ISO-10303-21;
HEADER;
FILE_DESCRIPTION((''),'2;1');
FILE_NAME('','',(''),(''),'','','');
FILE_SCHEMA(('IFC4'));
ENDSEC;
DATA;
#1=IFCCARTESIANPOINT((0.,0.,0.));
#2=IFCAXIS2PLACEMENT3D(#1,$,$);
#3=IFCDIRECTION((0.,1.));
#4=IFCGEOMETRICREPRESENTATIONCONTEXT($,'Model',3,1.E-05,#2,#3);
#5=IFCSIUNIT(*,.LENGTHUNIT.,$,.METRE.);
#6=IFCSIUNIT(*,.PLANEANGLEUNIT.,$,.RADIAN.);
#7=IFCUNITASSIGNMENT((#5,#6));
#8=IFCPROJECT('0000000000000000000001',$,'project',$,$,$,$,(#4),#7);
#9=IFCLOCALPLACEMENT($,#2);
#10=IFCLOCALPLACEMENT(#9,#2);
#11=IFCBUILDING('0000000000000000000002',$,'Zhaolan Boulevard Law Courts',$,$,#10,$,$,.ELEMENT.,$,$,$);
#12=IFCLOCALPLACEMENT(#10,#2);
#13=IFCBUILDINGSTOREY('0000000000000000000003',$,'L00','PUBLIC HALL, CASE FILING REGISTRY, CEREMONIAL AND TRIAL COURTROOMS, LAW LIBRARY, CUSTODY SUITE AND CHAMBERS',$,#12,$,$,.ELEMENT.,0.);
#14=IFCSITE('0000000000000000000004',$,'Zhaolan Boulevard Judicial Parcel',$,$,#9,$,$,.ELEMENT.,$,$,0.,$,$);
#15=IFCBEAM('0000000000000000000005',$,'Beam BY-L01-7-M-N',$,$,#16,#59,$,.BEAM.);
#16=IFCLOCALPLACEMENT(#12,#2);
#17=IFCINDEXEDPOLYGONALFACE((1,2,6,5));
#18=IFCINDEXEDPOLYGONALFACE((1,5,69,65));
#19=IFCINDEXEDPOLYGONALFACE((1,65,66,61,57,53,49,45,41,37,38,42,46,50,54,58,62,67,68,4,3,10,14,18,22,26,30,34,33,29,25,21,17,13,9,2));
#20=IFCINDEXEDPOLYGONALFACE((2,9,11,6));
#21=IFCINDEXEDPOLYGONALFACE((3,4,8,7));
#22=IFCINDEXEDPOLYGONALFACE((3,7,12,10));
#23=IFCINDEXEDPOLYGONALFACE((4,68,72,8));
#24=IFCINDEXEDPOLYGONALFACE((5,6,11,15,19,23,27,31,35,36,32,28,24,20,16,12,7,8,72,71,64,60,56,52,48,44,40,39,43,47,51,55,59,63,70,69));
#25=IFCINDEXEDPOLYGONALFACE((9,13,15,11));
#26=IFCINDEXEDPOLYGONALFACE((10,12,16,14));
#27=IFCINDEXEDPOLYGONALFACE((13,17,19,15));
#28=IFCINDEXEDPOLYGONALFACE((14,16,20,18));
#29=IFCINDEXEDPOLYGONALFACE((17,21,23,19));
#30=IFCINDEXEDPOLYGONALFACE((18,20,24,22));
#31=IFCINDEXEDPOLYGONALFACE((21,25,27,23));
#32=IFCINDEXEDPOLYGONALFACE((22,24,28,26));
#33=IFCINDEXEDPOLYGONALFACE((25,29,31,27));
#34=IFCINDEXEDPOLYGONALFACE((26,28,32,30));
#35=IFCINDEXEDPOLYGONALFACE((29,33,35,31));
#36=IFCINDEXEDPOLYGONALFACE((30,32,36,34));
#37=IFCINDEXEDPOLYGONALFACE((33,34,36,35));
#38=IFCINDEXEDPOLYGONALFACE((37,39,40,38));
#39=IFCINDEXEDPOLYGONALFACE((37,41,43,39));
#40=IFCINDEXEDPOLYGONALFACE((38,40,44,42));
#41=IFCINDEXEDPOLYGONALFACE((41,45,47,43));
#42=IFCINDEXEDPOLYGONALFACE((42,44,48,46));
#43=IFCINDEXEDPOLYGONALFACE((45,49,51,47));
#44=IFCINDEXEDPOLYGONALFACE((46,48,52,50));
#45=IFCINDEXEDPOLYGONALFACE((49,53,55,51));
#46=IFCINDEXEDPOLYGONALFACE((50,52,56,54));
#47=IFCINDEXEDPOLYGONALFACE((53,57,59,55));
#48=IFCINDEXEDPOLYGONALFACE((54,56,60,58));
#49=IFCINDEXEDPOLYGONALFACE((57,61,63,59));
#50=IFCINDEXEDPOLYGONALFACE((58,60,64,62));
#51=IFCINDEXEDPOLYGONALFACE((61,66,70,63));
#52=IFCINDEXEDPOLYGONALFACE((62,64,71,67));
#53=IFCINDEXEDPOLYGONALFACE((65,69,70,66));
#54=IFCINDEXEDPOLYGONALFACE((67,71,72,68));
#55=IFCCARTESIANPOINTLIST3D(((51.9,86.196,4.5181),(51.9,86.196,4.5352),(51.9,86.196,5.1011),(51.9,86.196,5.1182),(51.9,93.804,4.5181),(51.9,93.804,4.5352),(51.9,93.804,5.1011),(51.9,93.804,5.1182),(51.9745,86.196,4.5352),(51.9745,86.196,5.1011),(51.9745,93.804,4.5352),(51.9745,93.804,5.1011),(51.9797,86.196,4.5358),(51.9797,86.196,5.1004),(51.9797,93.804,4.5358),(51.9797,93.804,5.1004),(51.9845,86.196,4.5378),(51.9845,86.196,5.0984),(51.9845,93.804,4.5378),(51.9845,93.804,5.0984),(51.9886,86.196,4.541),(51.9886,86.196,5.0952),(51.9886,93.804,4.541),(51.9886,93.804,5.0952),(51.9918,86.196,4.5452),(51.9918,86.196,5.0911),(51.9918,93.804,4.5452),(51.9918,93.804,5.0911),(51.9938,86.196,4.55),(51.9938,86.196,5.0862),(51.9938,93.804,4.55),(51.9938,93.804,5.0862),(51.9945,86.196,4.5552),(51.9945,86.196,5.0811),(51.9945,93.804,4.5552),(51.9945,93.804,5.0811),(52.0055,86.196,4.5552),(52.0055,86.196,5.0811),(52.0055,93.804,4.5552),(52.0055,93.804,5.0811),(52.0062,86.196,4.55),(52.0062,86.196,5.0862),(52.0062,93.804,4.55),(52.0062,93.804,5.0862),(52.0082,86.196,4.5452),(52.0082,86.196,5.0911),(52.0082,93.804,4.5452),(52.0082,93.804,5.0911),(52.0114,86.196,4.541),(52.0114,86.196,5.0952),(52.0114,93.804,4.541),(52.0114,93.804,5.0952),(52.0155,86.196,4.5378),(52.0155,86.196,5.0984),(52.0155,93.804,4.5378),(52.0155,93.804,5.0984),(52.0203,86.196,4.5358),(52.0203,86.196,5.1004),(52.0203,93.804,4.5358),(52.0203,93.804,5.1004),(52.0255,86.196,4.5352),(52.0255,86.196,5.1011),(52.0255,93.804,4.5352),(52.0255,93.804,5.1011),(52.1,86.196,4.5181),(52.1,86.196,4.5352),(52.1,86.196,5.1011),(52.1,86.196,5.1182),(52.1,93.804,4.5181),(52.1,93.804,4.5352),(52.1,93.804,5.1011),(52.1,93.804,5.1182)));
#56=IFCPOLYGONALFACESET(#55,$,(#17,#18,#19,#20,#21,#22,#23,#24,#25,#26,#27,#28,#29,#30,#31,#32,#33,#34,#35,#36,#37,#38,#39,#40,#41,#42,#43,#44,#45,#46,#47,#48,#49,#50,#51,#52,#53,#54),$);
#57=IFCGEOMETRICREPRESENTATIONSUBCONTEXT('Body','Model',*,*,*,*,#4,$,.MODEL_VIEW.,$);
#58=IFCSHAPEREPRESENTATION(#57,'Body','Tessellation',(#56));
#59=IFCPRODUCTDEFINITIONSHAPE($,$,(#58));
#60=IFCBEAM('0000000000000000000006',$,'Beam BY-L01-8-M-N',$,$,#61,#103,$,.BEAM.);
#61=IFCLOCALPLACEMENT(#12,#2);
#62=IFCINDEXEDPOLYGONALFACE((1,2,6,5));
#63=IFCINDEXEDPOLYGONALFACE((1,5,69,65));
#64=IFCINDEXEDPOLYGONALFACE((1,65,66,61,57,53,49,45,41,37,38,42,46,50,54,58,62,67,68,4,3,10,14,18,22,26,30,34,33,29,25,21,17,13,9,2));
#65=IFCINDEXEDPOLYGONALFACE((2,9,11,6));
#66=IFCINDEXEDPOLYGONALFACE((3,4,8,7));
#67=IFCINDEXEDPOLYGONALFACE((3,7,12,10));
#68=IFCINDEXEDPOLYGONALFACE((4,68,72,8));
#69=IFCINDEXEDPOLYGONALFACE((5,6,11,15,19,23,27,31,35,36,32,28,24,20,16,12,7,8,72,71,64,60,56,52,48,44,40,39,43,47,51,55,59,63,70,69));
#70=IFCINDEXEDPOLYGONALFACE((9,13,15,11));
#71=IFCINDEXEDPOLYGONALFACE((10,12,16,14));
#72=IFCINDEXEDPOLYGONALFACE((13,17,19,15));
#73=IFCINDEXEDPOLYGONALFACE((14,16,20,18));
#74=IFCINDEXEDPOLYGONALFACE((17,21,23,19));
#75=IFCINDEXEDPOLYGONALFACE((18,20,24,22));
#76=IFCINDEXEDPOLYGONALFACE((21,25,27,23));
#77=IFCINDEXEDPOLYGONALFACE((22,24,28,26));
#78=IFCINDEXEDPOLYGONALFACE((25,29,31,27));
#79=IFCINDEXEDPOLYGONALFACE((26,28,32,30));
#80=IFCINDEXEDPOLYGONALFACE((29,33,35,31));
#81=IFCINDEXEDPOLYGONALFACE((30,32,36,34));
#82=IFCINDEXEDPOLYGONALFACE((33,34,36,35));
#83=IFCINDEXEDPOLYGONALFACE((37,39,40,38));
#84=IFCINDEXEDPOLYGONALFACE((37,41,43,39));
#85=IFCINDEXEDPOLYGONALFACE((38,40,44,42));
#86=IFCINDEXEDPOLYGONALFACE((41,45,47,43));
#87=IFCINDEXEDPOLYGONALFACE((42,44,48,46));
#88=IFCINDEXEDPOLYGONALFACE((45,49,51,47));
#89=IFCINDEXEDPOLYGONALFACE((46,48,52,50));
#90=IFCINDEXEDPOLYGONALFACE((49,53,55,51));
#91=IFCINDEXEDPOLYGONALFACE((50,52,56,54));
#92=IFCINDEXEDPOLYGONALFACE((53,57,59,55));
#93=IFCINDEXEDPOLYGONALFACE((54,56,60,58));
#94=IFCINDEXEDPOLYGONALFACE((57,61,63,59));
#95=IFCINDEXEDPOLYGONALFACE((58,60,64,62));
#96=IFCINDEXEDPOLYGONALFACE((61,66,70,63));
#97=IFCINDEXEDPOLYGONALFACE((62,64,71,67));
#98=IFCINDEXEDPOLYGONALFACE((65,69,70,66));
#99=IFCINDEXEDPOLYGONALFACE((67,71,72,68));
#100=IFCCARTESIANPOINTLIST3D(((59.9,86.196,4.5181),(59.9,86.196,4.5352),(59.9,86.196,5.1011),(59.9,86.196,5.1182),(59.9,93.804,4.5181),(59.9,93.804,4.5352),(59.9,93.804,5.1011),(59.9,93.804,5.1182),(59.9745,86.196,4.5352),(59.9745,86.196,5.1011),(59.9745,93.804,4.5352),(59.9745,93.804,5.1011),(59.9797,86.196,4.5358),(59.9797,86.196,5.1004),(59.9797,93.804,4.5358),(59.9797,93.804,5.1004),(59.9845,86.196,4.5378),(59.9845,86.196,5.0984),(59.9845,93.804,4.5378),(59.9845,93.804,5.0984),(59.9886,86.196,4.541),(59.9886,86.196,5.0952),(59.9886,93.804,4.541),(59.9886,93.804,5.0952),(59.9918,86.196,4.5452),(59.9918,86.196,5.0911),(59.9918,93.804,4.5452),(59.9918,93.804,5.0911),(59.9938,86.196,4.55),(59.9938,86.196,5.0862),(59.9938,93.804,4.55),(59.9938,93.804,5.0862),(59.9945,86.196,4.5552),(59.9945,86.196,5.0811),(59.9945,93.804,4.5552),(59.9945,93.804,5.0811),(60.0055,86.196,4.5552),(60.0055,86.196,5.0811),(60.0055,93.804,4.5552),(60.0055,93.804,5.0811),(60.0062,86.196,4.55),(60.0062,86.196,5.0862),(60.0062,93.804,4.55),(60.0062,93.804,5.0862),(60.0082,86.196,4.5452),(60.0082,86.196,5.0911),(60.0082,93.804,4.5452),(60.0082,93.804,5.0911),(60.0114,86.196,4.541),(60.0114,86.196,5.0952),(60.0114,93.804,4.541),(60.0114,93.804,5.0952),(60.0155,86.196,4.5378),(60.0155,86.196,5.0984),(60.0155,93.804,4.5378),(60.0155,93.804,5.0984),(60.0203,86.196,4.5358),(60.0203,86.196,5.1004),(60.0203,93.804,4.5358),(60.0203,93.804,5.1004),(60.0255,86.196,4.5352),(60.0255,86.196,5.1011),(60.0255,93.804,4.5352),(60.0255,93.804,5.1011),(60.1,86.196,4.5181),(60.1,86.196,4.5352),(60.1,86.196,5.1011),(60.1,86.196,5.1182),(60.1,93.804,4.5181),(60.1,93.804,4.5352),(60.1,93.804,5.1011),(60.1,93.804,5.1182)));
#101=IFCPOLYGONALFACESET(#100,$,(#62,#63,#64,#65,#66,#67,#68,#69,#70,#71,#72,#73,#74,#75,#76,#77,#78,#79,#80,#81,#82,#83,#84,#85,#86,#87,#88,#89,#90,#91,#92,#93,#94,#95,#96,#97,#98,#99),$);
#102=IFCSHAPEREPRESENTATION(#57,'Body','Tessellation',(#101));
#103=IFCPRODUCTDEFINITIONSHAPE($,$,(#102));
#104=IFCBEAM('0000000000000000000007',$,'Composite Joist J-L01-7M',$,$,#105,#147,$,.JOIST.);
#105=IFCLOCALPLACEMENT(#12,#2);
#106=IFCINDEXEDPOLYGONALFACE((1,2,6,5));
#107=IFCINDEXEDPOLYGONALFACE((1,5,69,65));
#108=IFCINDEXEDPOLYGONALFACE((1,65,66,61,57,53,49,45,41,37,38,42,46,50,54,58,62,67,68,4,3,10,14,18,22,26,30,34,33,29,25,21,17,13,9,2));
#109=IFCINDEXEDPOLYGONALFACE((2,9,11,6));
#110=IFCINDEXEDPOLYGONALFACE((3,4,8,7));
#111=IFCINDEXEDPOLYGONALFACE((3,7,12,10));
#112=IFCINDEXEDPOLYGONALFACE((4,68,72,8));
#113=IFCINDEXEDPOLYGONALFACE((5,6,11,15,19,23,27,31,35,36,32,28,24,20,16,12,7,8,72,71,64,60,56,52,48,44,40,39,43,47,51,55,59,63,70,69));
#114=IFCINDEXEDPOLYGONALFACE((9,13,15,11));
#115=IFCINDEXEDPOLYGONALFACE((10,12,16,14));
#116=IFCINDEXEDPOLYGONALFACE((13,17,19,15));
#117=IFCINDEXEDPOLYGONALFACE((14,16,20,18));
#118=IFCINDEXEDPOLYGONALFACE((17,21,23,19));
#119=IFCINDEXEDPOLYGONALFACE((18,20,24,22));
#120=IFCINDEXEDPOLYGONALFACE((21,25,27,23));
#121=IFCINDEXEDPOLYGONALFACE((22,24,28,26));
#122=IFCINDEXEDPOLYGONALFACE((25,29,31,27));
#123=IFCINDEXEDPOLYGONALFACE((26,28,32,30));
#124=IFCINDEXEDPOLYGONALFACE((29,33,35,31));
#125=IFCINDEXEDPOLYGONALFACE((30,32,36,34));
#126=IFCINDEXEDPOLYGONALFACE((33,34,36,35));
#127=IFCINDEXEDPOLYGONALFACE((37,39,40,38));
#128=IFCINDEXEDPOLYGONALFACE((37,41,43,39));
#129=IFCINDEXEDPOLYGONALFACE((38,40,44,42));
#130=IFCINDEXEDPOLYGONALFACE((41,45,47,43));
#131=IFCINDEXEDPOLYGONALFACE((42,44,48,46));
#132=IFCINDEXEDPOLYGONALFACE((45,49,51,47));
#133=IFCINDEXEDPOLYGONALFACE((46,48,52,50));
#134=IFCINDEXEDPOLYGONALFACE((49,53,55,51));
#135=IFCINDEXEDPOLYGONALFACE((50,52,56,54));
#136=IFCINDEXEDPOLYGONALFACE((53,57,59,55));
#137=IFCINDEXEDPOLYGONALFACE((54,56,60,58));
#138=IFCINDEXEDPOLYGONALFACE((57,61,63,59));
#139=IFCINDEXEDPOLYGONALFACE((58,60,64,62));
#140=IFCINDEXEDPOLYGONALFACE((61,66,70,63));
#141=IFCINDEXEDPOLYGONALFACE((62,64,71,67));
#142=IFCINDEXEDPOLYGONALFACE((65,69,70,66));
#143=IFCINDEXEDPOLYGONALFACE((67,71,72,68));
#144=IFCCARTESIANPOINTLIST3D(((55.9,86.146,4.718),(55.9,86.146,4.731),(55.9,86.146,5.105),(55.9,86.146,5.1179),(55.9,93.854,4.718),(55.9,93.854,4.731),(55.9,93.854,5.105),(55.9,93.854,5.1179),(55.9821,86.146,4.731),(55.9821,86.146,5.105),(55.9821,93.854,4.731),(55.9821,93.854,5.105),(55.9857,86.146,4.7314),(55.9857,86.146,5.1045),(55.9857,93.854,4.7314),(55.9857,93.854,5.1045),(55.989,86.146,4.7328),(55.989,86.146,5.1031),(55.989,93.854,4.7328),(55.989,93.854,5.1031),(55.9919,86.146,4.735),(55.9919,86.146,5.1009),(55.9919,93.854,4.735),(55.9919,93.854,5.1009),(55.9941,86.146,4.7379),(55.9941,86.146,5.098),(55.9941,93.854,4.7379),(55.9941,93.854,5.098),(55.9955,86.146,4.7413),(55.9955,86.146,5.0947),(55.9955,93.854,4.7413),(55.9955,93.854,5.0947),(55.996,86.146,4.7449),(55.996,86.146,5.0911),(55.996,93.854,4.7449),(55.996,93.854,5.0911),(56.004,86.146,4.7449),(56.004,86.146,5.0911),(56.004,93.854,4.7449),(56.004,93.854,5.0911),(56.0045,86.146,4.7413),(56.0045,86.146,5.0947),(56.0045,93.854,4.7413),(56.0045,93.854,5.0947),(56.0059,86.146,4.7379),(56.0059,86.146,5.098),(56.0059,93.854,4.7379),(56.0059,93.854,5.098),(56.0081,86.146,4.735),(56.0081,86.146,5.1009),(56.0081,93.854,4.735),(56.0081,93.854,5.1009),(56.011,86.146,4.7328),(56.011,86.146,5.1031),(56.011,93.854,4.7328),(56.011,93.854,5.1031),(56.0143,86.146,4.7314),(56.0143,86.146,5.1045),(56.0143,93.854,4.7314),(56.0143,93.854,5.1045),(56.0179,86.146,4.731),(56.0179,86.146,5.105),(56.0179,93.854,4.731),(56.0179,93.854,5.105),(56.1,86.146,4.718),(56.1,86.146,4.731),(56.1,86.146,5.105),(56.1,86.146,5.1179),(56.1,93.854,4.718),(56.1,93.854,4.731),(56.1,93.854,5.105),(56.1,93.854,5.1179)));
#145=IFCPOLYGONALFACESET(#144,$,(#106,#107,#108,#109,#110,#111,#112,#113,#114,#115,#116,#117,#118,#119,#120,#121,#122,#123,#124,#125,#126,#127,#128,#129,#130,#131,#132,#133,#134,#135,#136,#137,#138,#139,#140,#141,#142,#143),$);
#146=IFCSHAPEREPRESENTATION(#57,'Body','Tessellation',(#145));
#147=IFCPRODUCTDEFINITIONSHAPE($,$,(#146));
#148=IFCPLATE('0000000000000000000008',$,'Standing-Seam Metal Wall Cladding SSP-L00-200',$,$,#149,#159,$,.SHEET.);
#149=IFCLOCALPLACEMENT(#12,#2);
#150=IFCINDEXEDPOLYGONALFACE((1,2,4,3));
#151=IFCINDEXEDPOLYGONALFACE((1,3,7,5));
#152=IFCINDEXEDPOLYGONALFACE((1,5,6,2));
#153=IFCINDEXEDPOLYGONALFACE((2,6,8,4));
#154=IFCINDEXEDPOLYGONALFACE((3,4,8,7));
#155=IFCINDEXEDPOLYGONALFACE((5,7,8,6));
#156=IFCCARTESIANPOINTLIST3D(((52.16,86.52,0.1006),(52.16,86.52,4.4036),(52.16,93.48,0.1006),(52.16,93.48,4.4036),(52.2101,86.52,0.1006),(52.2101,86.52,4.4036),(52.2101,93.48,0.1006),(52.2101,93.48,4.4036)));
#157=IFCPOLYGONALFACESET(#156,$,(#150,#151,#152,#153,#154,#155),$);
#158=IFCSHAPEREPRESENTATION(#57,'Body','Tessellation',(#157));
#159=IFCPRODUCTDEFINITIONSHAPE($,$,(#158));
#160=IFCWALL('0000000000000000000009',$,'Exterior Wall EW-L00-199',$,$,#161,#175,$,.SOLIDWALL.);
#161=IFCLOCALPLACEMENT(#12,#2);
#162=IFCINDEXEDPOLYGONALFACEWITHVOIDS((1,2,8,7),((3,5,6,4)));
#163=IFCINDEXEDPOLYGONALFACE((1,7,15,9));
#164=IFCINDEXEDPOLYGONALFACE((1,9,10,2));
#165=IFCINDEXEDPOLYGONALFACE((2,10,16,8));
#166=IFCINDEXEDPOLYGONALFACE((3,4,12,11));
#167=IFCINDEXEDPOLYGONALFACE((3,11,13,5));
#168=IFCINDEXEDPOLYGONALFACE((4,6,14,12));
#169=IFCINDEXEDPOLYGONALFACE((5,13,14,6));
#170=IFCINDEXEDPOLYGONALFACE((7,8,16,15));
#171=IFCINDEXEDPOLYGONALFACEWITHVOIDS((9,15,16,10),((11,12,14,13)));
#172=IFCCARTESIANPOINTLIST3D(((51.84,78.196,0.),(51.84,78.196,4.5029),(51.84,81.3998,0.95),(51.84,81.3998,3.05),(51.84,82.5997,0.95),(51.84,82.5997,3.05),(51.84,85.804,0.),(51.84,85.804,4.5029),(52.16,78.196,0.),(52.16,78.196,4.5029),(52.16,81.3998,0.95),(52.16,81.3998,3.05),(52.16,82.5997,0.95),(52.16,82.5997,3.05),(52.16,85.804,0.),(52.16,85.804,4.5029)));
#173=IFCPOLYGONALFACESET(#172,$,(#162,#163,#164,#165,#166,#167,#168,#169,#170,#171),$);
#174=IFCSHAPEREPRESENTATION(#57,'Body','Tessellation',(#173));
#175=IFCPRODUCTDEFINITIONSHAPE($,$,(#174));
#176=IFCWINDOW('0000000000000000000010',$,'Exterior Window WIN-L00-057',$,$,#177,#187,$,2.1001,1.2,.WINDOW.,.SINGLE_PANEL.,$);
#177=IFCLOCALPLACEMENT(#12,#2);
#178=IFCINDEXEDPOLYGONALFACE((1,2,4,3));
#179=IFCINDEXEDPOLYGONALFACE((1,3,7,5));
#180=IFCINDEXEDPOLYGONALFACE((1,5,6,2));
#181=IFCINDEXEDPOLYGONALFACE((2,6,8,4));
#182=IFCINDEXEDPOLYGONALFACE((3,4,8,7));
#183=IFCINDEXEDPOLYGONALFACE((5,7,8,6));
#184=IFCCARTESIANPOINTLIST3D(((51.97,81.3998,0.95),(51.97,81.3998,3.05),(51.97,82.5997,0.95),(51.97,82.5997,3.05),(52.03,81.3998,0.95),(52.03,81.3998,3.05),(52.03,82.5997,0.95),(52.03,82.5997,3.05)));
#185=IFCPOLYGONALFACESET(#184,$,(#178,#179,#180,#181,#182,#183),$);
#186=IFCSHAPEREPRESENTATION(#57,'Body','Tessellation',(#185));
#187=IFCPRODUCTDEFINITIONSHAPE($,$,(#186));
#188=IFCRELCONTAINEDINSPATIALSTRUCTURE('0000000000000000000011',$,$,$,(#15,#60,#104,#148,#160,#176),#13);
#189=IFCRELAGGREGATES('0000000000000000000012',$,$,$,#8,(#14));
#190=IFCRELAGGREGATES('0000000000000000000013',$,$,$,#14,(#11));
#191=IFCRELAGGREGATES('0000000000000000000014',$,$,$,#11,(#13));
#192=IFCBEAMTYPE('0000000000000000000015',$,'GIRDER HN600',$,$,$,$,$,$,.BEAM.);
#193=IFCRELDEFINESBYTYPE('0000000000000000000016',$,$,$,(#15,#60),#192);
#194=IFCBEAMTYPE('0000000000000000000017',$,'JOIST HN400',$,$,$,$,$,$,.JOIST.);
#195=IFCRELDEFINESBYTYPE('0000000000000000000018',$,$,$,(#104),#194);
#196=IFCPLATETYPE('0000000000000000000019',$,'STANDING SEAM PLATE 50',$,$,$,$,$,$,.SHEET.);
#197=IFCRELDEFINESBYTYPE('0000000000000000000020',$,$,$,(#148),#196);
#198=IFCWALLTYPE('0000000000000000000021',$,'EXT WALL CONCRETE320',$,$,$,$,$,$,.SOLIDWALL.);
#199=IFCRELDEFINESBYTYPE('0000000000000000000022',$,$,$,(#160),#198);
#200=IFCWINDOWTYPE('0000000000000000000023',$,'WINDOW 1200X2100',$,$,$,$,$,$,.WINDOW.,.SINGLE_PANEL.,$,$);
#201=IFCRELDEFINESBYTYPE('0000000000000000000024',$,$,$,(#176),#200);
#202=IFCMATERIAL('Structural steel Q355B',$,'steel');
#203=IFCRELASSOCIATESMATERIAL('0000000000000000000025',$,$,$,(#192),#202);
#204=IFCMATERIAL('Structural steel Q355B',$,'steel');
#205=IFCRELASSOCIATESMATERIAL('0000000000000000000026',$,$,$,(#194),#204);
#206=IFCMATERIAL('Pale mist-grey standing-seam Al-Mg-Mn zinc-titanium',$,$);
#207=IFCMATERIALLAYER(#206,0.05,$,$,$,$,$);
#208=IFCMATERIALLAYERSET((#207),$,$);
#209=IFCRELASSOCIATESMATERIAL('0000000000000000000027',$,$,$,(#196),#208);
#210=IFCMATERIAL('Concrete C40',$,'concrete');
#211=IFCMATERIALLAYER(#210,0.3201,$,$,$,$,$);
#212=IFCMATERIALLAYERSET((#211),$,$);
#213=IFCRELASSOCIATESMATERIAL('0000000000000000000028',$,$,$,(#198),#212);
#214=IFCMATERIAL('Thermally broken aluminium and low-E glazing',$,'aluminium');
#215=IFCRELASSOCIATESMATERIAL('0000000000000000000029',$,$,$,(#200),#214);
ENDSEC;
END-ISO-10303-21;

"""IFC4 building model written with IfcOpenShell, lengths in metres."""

from ifc_helpers import new_model, si_unit, direction, frame, frame_2d, origin, origin_2d, place, context, subcontext, project, spatial, rectangle, i_section, extrude, material, layer, layer_set, material_profile, profile_set, type_object, element, fill, save


model = new_model("IFC4")

# Units and contexts
model_context = context("Model", 3, precision=1e-05, world=origin(), true_north=direction((0.0, 1.0)))
body_context = subcontext(model_context, "Body", "Model", "MODEL_VIEW")
ifc_project = project(units=[si_unit("LENGTHUNIT", "METRE"), si_unit("PLANEANGLEUNIT", "RADIAN")], contexts=[model_context])

# Site, building, storey
site_placement = place(None, origin())
site = spatial("IfcSite", under=ifc_project, at=site_placement, Name="Zhaolan Boulevard Judicial Parcel", CompositionType="ELEMENT", RefElevation=0.0)
building_placement = place(site_placement, origin())
building = spatial("IfcBuilding", under=site, at=building_placement, Name="Zhaolan Boulevard Law Courts", CompositionType="ELEMENT")
storey_placement = place(building_placement, origin())
storey = spatial("IfcBuildingStorey", under=building, at=storey_placement, Name="L00", Description="PUBLIC HALL, CASE FILING REGISTRY, CEREMONIAL AND TRIAL COURTROOMS, LAW LIBRARY, CUSTODY SUITE AND CHAMBERS", CompositionType="ELEMENT", Elevation=0.0)

# Beams
ifc_material_1 = material(Name="Structural steel Q355B", Category="steel")
ifc_material_profile_1 = material_profile(ifc_material_1, i_section(OverallWidth=0.2, OverallDepth=0.6001, WebThickness=0.011, FlangeThickness=0.0171, FilletRadius=0.02, at=origin_2d()), Name="HN600x200")
ifc_profile_set_1 = profile_set([ifc_material_profile_1], Name="Structural steel Q355B")
beam_type_1 = type_object("IfcBeamType", Name="GIRDER HN600", PredefinedType="BEAM", material=ifc_profile_set_1)
for number, where, z_axis, x_axis, name in (
    (1, (52.0, 86.196, 4.8181), (0.0, 1.0, 0.0), (-1.0, 0.0, 0.0), "Beam BY-L01-7-M-N"),
    (2, (60.0, 86.196, 4.8181), (0.0, 1.0, 0.0), (-1.0, 0.0, 0.0), "Beam BY-L01-8-M-N"),
):
    element("IfcBeam", number, at=place(storey_placement, frame(where, z_axis=z_axis, x_axis=x_axis)), inside=storey, type_object=beam_type_1, Name=name, PredefinedType="BEAM", context=body_context, shape_type="SweptSolid", body=[
        extrude(i_section(OverallWidth=0.2, OverallDepth=0.6001, WebThickness=0.011, FlangeThickness=0.0171, FilletRadius=0.02, at=origin_2d()), origin(), (0.0, 0.0, 1.0), 7.6079),
    ])
ifc_material_2 = material(Name="Structural steel Q355B", Category="steel")
ifc_material_profile_2 = material_profile(ifc_material_2, i_section(OverallWidth=0.2, OverallDepth=0.3999, WebThickness=0.0081, FlangeThickness=0.0129, FilletRadius=0.0139, at=origin_2d()), Name="HN400x200")
ifc_profile_set_2 = profile_set([ifc_material_profile_2], Name="Structural steel Q355B")
beam_type_2 = type_object("IfcBeamType", Name="JOIST HN400", PredefinedType="JOIST", material=ifc_profile_set_2)
beam_1_placement = place(storey_placement, frame((56.0, 86.146, 4.918), z_axis=(0.0, 1.0, 0.0), x_axis=(-1.0, 0.0, 0.0)))
element("IfcBeam", 3, at=beam_1_placement, inside=storey, type_object=beam_type_2, Name="Composite Joist J-L01-7M", PredefinedType="JOIST", context=body_context, shape_type="SweptSolid", body=[
    extrude(i_section(OverallWidth=0.2, OverallDepth=0.3999, WebThickness=0.0081, FlangeThickness=0.0129, FilletRadius=0.0139, at=origin_2d()), origin(), (0.0, 0.0, 1.0), 7.708),
])

# Plate
ifc_material_3 = material(Name="Pale mist-grey standing-seam Al-Mg-Mn zinc-titanium")
ifc_layer_1 = layer(ifc_material_3, 0.05)
ifc_layer_set_1 = layer_set([ifc_layer_1])
plate_type = type_object("IfcPlateType", Name="STANDING SEAM PLATE 50", PredefinedType="SHEET", material=ifc_layer_set_1)
plate_placement = place(storey_placement, frame((52.1851, 90.0, 0.1006), z_axis=(0.0, 0.0, 1.0), x_axis=(0.0, -1.0, 0.0)))
element("IfcPlate", 4, at=plate_placement, inside=storey, type_object=plate_type, Name="Standing-Seam Metal Wall Cladding SSP-L00-200", PredefinedType="SHEET", context=body_context, shape_type="SweptSolid", body=[
    extrude(rectangle(XDim=6.96, YDim=0.05, at=origin_2d()), origin(), (0.0, 0.0, 1.0), 4.303),
])

# Wall, opening, window
ifc_material_4 = material(Name="Concrete C40", Category="concrete")
ifc_layer_2 = layer(ifc_material_4, 0.3201)
ifc_layer_set_2 = layer_set([ifc_layer_2])
wall_type_1 = type_object("IfcWallType", Name="EXT WALL CONCRETE320", PredefinedType="SOLIDWALL", material=ifc_layer_set_2)
wall_1_placement = place(storey_placement, frame((52.0, 85.804, 0.0), z_axis=(0.0, 0.0, 1.0), x_axis=(0.0, -1.0, 0.0)))
wall_1 = element("IfcWall", 5, at=wall_1_placement, inside=storey, type_object=wall_type_1, Name="Exterior Wall EW-L00-199", PredefinedType="SOLIDWALL", context=body_context, shape_type="SweptSolid", body=[
    extrude(rectangle(XDim=7.6079, YDim=0.3201, at=frame_2d((3.804, 0.0))), origin(), (0.0, 0.0, 1.0), 4.5029),
])
opening_1_placement = place(wall_1_placement, frame((3.2041, 0.0, 0.95)))
opening_1 = element("IfcOpeningElement", 6, at=opening_1_placement, cuts=wall_1, PredefinedType="OPENING", context=body_context, shape_type="SweptSolid", body=[
    extrude(rectangle(XDim=1.2, YDim=2.1001, at=frame_2d((0.6001, 1.05))), frame((0.0, 0.1699, 0.0), z_axis=(0.0, -1.0, 0.0), x_axis=(1.0, 0.0, 0.0)), (0.0, 0.0, 1.0), 0.3401),
])
ifc_material_5 = material(Name="Thermally broken aluminium and low-E glazing", Category="aluminium")
window_type_1 = type_object("IfcWindowType", Name="WINDOW 1200X2100", PartitioningType="SINGLE_PANEL", PredefinedType="WINDOW", material=ifc_material_5)
window_1_placement = place(opening_1_placement, origin())
window_1 = element("IfcWindow", 7, at=window_1_placement, inside=storey, type_object=window_type_1, Name="Exterior Window WIN-L00-057", OverallHeight=2.1001, OverallWidth=1.2, PartitioningType="SINGLE_PANEL", PredefinedType="WINDOW", context=body_context, shape_type="SweptSolid", body=[
    extrude(rectangle(XDim=1.2, YDim=2.1001, at=frame_2d((0.6001, 1.05))), frame((0.0, 0.03, 0.0), z_axis=(0.0, -1.0, 0.0), x_axis=(1.0, 0.0, 0.0)), (0.0, 0.0, 1.0), 0.0601),
])
fill(opening_1, window_1)

save(model, "model.ifc")
